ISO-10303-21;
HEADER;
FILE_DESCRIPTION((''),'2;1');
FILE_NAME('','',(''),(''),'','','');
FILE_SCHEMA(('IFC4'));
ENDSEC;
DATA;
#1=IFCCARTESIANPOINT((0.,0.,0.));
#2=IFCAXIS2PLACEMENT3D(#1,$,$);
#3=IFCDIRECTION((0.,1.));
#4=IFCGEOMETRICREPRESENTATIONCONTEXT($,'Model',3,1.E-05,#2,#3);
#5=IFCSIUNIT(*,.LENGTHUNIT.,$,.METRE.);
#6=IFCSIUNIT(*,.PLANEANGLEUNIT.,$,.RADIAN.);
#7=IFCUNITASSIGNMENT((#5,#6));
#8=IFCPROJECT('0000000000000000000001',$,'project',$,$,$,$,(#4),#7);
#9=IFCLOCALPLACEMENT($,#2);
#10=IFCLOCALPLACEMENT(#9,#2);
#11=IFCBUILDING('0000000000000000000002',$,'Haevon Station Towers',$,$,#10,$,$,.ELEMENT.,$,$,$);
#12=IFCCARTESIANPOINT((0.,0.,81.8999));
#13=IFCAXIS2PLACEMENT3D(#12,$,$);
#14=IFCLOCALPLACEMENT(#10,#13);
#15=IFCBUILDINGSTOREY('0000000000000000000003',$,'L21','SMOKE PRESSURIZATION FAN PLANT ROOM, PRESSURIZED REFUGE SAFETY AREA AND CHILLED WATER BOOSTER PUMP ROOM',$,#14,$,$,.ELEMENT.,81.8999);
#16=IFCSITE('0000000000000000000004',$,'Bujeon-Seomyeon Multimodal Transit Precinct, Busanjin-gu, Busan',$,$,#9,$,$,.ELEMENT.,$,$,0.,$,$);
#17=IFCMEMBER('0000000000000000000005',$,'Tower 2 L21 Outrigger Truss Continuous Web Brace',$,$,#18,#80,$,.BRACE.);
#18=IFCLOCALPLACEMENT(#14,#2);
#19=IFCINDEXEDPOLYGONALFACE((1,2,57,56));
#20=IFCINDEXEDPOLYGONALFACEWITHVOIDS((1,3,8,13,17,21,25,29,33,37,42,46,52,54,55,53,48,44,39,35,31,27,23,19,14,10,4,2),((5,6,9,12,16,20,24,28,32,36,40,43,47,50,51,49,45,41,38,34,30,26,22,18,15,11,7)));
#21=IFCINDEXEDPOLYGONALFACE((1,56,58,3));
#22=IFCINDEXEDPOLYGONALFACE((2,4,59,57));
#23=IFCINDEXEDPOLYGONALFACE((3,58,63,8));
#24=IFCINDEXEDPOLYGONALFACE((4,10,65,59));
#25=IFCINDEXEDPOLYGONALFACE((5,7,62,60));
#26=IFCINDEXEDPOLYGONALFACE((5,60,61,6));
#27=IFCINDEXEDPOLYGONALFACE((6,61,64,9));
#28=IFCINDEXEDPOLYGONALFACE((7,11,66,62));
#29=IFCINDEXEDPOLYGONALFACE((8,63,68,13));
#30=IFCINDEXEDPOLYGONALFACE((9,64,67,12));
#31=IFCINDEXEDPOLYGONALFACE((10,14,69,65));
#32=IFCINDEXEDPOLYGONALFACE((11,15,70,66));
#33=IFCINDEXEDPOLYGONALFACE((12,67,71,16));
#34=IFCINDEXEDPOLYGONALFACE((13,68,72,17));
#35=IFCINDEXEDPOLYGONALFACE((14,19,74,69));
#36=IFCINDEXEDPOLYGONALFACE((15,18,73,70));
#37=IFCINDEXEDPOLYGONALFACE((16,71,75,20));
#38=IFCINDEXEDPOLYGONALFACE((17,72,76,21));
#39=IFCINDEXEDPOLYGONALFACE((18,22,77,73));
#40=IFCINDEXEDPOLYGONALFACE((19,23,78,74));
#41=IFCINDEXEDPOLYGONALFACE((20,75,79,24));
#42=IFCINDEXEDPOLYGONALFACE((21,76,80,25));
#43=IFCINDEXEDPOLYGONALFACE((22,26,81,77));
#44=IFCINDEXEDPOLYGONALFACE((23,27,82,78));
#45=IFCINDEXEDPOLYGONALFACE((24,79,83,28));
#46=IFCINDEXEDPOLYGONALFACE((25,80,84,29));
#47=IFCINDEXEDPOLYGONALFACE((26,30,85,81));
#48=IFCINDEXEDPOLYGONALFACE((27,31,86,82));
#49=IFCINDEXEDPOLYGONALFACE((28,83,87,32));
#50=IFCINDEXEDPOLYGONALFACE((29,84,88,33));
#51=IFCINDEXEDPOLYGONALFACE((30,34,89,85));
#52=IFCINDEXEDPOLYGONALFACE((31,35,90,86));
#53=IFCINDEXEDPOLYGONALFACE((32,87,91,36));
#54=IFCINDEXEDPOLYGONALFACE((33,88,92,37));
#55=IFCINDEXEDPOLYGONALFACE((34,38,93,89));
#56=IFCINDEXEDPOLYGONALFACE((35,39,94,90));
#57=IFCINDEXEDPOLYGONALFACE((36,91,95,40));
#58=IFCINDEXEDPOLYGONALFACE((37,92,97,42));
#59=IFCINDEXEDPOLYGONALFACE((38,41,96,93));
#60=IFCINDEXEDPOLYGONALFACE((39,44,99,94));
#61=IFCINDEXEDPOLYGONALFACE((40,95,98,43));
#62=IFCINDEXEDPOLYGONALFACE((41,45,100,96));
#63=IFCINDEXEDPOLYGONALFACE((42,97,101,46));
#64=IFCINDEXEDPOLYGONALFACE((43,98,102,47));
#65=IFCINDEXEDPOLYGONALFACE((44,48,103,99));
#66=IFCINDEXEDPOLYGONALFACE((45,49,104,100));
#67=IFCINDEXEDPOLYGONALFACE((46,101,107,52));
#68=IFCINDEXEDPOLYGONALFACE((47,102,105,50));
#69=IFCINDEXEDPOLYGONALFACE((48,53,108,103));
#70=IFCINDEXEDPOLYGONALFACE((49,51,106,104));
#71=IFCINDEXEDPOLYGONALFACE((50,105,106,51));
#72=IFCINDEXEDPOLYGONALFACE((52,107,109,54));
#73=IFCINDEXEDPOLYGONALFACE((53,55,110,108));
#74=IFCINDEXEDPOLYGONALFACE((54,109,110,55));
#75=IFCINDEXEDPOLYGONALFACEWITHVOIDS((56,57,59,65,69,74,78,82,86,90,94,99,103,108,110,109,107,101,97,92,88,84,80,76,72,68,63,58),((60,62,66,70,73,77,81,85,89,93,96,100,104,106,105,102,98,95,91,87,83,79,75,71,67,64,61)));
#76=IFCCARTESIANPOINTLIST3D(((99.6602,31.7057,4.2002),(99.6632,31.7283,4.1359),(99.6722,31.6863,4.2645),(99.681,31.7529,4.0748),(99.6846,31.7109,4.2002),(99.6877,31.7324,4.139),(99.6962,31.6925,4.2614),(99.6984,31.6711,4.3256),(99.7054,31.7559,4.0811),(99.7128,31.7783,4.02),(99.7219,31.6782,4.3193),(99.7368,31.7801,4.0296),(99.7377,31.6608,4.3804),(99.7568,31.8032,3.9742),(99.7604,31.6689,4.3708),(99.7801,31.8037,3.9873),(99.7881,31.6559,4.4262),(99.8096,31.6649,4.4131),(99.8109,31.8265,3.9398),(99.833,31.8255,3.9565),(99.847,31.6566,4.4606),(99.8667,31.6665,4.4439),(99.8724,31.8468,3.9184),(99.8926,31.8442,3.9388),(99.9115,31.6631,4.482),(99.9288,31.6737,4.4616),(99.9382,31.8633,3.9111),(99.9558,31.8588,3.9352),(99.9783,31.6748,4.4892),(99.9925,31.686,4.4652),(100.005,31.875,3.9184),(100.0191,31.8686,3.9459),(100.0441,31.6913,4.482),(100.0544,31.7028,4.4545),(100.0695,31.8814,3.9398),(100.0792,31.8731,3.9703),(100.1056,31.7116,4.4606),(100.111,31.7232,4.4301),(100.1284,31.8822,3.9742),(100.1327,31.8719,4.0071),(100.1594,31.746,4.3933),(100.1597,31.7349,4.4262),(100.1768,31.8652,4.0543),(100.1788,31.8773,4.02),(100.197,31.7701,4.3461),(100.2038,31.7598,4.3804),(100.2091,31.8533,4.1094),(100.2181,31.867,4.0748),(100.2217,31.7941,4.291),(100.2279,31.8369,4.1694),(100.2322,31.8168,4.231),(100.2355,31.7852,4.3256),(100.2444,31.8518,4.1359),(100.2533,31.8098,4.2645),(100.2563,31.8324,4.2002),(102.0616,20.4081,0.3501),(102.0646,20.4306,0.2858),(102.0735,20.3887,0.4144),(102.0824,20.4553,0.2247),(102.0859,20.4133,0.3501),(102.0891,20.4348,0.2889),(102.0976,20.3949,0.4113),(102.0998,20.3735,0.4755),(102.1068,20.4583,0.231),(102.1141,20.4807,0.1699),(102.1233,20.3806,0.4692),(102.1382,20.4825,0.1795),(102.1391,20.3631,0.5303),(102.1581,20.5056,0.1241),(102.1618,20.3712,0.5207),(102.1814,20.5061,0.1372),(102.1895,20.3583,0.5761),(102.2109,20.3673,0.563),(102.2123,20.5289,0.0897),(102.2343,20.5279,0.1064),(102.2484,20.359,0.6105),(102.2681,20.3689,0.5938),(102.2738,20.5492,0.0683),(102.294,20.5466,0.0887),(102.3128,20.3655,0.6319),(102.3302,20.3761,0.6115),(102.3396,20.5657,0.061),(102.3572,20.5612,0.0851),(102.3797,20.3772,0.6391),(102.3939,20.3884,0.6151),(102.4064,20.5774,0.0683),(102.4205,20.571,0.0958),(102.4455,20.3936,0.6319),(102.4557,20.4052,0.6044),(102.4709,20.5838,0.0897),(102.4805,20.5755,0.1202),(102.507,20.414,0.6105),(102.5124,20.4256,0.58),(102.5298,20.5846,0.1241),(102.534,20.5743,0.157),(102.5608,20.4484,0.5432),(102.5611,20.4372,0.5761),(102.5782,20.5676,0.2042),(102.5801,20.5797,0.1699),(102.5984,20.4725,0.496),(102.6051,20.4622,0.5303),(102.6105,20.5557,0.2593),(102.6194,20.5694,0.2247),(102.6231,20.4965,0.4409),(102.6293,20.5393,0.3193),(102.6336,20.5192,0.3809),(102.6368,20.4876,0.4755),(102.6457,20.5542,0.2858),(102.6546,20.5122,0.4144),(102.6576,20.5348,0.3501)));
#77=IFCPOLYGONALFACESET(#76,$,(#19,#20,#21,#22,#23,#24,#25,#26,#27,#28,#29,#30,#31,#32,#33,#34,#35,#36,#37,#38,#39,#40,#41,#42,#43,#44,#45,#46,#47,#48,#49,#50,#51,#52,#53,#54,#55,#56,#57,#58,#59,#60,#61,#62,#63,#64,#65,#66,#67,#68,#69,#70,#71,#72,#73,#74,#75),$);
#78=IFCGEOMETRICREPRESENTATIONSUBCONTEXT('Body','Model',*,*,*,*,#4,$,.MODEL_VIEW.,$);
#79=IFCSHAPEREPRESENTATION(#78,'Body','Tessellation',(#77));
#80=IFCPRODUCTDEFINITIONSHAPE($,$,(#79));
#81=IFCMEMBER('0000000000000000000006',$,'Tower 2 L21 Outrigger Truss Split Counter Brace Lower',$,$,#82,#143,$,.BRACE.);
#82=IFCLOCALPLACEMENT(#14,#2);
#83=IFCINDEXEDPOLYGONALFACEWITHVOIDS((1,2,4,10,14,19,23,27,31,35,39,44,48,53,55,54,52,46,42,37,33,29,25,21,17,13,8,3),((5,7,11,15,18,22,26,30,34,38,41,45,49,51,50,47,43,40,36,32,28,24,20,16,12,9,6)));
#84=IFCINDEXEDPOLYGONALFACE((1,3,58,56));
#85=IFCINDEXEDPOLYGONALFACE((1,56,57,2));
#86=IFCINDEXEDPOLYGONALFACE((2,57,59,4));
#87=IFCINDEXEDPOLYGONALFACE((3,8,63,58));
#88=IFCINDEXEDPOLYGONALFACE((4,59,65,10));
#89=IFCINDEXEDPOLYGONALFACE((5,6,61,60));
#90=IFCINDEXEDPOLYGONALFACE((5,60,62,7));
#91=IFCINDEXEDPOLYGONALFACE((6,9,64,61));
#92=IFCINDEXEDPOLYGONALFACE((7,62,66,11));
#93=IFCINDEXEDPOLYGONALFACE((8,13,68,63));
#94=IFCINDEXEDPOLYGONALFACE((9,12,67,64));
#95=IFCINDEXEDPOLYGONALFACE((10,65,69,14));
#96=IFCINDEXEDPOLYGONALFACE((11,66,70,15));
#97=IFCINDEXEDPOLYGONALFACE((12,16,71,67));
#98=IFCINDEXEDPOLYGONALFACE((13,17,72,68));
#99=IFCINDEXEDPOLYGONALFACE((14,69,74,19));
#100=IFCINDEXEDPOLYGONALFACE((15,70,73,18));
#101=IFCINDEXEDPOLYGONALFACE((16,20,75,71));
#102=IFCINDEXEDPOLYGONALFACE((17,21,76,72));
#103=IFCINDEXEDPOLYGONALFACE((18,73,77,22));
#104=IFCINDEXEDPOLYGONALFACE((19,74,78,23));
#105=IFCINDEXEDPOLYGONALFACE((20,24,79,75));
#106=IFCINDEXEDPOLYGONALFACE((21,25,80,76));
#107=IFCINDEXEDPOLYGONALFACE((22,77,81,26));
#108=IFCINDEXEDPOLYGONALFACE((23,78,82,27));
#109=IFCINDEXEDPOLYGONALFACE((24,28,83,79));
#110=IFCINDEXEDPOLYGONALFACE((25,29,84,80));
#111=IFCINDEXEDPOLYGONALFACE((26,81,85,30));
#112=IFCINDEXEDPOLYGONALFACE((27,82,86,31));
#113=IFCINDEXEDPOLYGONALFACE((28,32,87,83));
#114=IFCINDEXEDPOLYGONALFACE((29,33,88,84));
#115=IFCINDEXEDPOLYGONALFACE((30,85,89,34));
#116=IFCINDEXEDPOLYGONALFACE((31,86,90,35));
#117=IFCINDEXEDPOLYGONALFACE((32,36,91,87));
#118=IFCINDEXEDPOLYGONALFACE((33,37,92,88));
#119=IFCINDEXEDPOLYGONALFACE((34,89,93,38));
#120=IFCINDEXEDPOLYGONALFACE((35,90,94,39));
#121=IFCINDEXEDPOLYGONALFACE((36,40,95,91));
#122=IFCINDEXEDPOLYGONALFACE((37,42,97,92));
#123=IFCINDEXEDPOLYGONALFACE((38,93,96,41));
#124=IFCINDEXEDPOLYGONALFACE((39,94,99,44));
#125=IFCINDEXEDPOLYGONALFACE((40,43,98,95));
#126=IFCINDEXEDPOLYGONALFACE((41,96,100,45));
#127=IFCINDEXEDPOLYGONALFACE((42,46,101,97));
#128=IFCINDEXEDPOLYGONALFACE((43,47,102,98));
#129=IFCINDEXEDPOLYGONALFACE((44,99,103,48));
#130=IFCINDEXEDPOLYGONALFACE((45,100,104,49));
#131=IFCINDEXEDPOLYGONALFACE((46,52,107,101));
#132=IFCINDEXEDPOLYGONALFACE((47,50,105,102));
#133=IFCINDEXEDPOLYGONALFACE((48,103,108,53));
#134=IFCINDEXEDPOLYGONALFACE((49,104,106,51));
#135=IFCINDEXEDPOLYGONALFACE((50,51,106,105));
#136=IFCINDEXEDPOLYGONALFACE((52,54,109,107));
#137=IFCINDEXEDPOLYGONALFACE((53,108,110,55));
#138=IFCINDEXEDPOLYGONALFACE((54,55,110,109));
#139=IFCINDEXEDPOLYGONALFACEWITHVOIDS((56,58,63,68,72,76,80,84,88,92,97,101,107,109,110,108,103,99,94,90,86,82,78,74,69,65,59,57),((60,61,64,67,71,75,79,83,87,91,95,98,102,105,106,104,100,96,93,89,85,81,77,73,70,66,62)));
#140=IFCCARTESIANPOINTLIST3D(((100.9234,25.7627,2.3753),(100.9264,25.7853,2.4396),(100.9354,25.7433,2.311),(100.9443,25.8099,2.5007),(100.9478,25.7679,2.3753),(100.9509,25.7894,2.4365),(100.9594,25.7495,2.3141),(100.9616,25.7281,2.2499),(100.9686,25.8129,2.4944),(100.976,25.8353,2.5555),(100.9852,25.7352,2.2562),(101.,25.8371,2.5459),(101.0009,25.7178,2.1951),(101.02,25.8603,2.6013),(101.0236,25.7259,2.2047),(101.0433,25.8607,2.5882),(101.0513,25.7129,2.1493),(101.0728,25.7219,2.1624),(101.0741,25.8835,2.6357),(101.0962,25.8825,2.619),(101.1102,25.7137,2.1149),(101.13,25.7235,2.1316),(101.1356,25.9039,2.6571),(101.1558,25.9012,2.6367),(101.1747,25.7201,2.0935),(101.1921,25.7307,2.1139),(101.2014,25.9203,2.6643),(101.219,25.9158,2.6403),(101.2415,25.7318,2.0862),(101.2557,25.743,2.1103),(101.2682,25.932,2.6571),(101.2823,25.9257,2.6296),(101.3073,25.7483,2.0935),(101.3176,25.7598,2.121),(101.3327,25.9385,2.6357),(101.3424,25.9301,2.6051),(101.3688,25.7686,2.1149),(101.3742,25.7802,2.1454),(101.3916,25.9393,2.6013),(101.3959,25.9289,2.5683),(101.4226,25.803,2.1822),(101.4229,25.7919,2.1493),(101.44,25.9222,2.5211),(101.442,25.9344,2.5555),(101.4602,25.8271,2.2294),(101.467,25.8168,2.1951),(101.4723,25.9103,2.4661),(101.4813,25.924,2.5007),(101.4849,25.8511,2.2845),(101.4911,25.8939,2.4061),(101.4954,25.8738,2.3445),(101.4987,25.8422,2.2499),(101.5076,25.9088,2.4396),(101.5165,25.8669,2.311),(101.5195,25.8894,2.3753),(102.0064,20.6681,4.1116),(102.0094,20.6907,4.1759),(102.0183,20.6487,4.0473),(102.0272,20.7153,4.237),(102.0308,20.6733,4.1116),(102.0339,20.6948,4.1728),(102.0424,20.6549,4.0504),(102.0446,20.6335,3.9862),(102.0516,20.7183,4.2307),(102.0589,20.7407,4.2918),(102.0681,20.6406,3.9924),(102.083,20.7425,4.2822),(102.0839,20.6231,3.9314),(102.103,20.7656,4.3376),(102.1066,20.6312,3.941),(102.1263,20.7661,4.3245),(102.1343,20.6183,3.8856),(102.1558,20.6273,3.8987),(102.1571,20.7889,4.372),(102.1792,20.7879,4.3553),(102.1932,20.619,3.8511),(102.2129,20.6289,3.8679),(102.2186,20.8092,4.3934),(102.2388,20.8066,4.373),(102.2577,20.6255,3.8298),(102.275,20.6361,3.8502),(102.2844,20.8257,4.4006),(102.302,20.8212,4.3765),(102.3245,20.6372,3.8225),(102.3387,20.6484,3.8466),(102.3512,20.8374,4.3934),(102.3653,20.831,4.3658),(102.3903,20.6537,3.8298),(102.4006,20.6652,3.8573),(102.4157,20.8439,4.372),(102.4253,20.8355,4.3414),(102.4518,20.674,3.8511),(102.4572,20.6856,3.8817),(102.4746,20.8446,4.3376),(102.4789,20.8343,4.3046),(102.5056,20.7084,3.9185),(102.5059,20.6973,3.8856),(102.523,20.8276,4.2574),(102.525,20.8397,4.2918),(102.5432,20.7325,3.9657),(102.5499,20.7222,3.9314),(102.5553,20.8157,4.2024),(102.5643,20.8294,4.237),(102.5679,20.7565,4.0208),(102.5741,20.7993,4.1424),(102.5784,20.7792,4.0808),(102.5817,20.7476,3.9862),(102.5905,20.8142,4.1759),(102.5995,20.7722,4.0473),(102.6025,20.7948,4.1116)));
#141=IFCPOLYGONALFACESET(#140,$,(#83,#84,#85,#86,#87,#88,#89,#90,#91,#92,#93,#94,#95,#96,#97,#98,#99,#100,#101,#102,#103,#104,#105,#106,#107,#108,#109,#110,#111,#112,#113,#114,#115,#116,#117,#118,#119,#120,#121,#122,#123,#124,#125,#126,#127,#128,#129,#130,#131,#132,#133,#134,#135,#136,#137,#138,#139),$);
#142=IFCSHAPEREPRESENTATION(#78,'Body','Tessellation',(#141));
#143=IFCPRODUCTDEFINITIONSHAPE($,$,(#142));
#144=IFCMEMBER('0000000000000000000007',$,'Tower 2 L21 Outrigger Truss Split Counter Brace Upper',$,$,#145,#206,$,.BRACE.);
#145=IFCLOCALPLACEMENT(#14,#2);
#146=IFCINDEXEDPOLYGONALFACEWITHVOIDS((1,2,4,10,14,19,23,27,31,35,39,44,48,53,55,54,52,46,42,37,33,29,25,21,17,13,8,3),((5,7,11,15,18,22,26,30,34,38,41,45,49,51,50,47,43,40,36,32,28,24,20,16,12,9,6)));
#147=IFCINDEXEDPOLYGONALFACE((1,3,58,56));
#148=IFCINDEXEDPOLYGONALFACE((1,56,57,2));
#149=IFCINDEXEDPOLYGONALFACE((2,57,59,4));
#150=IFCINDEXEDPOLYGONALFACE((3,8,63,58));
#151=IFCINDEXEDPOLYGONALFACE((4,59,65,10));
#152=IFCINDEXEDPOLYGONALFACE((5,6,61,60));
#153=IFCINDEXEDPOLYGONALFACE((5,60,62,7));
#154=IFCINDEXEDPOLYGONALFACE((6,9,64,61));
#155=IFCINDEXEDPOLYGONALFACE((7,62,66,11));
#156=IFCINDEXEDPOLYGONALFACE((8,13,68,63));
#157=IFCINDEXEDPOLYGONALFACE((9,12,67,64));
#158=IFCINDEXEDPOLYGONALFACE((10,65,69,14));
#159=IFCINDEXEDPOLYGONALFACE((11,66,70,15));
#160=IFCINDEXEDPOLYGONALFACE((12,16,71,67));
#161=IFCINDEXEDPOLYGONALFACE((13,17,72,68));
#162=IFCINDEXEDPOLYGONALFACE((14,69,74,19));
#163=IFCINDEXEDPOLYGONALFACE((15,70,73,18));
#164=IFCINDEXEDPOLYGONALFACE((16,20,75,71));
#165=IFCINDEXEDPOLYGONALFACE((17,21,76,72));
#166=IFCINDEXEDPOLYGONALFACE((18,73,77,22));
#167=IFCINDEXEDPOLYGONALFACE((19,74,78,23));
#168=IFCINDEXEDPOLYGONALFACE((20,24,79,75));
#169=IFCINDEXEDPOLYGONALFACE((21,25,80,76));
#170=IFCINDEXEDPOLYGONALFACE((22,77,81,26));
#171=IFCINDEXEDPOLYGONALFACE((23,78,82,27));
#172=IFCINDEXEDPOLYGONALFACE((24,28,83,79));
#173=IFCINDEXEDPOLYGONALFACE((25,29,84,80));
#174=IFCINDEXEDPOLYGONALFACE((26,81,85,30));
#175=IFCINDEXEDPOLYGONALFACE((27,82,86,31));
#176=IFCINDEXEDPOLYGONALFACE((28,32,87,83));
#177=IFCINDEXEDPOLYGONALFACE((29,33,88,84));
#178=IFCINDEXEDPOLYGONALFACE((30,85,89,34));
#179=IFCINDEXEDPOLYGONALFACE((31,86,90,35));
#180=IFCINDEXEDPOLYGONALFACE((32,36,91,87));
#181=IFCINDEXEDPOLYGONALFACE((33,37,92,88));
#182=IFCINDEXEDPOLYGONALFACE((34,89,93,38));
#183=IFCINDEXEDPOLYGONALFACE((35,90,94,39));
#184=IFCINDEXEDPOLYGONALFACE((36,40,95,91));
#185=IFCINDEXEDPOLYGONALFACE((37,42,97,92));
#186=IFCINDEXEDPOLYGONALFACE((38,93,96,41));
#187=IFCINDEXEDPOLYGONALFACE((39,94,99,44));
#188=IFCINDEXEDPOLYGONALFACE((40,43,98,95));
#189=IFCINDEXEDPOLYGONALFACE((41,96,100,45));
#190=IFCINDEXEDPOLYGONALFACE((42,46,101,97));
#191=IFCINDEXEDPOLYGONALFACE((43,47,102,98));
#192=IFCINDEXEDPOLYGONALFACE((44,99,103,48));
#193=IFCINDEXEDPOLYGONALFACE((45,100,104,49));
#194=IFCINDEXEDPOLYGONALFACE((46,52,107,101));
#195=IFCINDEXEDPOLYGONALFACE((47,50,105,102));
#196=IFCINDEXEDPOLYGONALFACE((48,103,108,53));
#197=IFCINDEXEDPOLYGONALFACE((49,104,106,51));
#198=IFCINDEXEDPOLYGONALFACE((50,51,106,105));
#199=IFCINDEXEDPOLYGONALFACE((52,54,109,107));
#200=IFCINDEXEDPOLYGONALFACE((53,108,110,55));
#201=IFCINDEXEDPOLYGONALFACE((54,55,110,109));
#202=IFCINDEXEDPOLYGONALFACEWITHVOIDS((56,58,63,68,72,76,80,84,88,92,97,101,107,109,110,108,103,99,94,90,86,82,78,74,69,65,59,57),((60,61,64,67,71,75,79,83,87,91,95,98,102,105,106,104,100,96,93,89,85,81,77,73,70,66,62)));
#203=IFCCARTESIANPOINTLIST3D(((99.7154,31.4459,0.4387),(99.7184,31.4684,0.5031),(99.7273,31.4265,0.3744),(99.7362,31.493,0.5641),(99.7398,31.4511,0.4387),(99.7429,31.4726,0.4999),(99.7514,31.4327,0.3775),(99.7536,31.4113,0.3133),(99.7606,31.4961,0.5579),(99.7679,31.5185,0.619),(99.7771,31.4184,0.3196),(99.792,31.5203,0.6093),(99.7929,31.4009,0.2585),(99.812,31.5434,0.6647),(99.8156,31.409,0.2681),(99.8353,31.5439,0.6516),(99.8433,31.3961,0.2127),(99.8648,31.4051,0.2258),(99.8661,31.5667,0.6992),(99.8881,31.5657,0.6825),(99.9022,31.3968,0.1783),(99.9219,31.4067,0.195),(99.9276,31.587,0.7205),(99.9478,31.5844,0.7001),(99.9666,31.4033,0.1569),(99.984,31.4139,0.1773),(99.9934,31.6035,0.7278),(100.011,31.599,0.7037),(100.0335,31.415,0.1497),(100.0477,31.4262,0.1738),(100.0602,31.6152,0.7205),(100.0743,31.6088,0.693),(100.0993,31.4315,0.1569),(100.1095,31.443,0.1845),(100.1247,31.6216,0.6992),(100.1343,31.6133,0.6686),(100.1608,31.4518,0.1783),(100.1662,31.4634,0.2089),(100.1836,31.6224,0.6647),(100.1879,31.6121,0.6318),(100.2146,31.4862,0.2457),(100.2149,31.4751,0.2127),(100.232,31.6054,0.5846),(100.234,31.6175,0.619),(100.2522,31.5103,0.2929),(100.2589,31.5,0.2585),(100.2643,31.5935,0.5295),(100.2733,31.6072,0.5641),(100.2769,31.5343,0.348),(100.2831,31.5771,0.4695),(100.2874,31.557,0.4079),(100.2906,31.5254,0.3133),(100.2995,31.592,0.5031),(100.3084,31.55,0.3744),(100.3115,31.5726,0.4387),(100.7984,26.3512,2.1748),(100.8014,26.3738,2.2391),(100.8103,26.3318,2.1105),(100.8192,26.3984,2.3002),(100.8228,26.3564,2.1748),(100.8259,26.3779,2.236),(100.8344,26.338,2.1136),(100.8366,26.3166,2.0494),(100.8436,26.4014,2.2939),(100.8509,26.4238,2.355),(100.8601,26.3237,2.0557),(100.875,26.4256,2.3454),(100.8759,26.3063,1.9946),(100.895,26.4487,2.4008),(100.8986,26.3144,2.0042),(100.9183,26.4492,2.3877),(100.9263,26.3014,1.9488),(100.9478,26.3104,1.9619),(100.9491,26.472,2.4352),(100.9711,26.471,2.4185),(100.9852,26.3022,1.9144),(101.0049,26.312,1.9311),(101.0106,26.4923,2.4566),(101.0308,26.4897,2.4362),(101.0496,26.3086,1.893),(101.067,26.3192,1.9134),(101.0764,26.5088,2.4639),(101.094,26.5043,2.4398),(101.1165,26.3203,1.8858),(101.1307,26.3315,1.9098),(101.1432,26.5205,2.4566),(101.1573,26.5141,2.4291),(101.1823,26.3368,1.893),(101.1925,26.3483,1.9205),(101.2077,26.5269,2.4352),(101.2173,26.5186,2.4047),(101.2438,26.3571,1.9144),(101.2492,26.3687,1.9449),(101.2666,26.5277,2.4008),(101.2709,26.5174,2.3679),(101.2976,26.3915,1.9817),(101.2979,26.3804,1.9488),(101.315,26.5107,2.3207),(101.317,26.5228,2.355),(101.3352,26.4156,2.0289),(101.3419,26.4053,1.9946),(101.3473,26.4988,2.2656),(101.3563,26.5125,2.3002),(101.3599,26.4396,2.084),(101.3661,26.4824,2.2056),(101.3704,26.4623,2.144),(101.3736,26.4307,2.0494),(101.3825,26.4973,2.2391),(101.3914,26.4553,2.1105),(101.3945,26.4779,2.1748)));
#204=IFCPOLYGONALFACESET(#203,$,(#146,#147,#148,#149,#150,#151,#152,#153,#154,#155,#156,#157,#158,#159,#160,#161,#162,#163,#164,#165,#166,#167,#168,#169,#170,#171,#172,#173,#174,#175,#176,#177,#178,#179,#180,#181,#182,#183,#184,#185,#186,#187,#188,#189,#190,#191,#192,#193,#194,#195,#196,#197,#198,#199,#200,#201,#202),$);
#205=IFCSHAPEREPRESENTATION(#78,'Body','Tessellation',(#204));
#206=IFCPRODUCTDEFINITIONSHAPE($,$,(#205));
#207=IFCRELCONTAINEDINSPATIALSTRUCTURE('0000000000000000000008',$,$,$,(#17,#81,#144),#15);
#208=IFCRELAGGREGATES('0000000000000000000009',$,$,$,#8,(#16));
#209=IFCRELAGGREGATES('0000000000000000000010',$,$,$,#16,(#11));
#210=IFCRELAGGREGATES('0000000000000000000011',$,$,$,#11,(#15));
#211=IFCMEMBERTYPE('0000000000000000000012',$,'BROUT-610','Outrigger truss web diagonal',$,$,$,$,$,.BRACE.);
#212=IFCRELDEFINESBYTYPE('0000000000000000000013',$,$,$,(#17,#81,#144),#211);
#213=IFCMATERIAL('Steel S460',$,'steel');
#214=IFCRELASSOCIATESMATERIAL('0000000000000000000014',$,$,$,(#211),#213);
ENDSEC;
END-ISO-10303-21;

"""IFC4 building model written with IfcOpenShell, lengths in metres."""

from ifc_helpers import new_model, si_unit, direction, frame, origin, origin_2d, place, context, subcontext, project, spatial, hollow_circle, extrude, material, material_profile, profile_set, type_object, element, save


model = new_model("IFC4")

# Units and contexts
model_context = context("Model", 3, precision=1e-05, world=origin(), true_north=direction((0.0, 1.0)))
body_context = subcontext(model_context, "Body", "Model", "MODEL_VIEW")
ifc_project = project(units=[si_unit("LENGTHUNIT", "METRE"), si_unit("PLANEANGLEUNIT", "RADIAN")], contexts=[model_context])

# Site, building, storey
site_placement = place(None, origin())
site = spatial("IfcSite", under=ifc_project, at=site_placement, Name="Bujeon-Seomyeon Multimodal Transit Precinct, Busanjin-gu, Busan", CompositionType="ELEMENT", RefElevation=0.0)
building_placement = place(site_placement, origin())
building = spatial("IfcBuilding", under=site, at=building_placement, Name="Haevon Station Towers", CompositionType="ELEMENT")
storey_placement = place(building_placement, frame((0.0, 0.0, 81.8999)))
storey = spatial("IfcBuildingStorey", under=building, at=storey_placement, Name="L21", Description="SMOKE PRESSURIZATION FAN PLANT ROOM, PRESSURIZED REFUGE SAFETY AREA AND CHILLED WATER BOOSTER PUMP ROOM", CompositionType="ELEMENT", Elevation=81.8999)

# Shared definitions
ifc_material_1 = material(Name="Steel S460", Category="steel")

# Members
ifc_material_profile_1 = material_profile(ifc_material_1, hollow_circle(Radius=0.3047, WallThickness=0.0249, at=origin_2d()), Name="CHS-609.6x25")
ifc_profile_set_1 = profile_set([ifc_material_profile_1], Name="Steel S460")
member_type_1 = type_object("IfcMemberType", Name="BROUT-610", Description="Outrigger truss web diagonal", PredefinedType="BRACE", material=ifc_profile_set_1)
member_1_placement = place(storey_placement, frame((102.3596, 20.4714, 0.3501), z_axis=(-0.197241, 0.92795, 0.316235), x_axis=(-0.978148, -0.207911, 0.0)))
element("IfcMember", 1, at=member_1_placement, inside=storey, type_object=member_type_1, Name="Tower 2 L21 Outrigger Truss Continuous Web Brace", PredefinedType="BRACE", context=body_context, shape_type="SweptSolid", body=[
    extrude(hollow_circle(Radius=0.3047, WallThickness=0.0249, at=origin_2d()), origin(), (0.0, 0.0, 1.0), 12.1748),
])
for number, where, z_axis, x_axis, name in (
    (2, (102.3044, 20.7314, 4.1116), (-0.197256, 0.927941, -0.316251), (-0.978144, -0.207928, 0.0), "Tower 2 L21 Outrigger Truss Split Counter Brace Lower"),
    (3, (101.0964, 26.4146, 2.1748), (-0.197259, 0.927955, -0.316211), (-0.978144, -0.207928, 0.0), "Tower 2 L21 Outrigger Truss Split Counter Brace Upper"),
):
    element("IfcMember", number, at=place(storey_placement, frame(where, z_axis=z_axis, x_axis=x_axis)), inside=storey, type_object=member_type_1, Name=name, PredefinedType="BRACE", context=body_context, shape_type="SweptSolid", body=[
        extrude(hollow_circle(Radius=0.3047, WallThickness=0.0249, at=origin_2d()), origin(), (0.0, 0.0, 1.0), 5.4902),
    ])

save(model, "model.ifc")
